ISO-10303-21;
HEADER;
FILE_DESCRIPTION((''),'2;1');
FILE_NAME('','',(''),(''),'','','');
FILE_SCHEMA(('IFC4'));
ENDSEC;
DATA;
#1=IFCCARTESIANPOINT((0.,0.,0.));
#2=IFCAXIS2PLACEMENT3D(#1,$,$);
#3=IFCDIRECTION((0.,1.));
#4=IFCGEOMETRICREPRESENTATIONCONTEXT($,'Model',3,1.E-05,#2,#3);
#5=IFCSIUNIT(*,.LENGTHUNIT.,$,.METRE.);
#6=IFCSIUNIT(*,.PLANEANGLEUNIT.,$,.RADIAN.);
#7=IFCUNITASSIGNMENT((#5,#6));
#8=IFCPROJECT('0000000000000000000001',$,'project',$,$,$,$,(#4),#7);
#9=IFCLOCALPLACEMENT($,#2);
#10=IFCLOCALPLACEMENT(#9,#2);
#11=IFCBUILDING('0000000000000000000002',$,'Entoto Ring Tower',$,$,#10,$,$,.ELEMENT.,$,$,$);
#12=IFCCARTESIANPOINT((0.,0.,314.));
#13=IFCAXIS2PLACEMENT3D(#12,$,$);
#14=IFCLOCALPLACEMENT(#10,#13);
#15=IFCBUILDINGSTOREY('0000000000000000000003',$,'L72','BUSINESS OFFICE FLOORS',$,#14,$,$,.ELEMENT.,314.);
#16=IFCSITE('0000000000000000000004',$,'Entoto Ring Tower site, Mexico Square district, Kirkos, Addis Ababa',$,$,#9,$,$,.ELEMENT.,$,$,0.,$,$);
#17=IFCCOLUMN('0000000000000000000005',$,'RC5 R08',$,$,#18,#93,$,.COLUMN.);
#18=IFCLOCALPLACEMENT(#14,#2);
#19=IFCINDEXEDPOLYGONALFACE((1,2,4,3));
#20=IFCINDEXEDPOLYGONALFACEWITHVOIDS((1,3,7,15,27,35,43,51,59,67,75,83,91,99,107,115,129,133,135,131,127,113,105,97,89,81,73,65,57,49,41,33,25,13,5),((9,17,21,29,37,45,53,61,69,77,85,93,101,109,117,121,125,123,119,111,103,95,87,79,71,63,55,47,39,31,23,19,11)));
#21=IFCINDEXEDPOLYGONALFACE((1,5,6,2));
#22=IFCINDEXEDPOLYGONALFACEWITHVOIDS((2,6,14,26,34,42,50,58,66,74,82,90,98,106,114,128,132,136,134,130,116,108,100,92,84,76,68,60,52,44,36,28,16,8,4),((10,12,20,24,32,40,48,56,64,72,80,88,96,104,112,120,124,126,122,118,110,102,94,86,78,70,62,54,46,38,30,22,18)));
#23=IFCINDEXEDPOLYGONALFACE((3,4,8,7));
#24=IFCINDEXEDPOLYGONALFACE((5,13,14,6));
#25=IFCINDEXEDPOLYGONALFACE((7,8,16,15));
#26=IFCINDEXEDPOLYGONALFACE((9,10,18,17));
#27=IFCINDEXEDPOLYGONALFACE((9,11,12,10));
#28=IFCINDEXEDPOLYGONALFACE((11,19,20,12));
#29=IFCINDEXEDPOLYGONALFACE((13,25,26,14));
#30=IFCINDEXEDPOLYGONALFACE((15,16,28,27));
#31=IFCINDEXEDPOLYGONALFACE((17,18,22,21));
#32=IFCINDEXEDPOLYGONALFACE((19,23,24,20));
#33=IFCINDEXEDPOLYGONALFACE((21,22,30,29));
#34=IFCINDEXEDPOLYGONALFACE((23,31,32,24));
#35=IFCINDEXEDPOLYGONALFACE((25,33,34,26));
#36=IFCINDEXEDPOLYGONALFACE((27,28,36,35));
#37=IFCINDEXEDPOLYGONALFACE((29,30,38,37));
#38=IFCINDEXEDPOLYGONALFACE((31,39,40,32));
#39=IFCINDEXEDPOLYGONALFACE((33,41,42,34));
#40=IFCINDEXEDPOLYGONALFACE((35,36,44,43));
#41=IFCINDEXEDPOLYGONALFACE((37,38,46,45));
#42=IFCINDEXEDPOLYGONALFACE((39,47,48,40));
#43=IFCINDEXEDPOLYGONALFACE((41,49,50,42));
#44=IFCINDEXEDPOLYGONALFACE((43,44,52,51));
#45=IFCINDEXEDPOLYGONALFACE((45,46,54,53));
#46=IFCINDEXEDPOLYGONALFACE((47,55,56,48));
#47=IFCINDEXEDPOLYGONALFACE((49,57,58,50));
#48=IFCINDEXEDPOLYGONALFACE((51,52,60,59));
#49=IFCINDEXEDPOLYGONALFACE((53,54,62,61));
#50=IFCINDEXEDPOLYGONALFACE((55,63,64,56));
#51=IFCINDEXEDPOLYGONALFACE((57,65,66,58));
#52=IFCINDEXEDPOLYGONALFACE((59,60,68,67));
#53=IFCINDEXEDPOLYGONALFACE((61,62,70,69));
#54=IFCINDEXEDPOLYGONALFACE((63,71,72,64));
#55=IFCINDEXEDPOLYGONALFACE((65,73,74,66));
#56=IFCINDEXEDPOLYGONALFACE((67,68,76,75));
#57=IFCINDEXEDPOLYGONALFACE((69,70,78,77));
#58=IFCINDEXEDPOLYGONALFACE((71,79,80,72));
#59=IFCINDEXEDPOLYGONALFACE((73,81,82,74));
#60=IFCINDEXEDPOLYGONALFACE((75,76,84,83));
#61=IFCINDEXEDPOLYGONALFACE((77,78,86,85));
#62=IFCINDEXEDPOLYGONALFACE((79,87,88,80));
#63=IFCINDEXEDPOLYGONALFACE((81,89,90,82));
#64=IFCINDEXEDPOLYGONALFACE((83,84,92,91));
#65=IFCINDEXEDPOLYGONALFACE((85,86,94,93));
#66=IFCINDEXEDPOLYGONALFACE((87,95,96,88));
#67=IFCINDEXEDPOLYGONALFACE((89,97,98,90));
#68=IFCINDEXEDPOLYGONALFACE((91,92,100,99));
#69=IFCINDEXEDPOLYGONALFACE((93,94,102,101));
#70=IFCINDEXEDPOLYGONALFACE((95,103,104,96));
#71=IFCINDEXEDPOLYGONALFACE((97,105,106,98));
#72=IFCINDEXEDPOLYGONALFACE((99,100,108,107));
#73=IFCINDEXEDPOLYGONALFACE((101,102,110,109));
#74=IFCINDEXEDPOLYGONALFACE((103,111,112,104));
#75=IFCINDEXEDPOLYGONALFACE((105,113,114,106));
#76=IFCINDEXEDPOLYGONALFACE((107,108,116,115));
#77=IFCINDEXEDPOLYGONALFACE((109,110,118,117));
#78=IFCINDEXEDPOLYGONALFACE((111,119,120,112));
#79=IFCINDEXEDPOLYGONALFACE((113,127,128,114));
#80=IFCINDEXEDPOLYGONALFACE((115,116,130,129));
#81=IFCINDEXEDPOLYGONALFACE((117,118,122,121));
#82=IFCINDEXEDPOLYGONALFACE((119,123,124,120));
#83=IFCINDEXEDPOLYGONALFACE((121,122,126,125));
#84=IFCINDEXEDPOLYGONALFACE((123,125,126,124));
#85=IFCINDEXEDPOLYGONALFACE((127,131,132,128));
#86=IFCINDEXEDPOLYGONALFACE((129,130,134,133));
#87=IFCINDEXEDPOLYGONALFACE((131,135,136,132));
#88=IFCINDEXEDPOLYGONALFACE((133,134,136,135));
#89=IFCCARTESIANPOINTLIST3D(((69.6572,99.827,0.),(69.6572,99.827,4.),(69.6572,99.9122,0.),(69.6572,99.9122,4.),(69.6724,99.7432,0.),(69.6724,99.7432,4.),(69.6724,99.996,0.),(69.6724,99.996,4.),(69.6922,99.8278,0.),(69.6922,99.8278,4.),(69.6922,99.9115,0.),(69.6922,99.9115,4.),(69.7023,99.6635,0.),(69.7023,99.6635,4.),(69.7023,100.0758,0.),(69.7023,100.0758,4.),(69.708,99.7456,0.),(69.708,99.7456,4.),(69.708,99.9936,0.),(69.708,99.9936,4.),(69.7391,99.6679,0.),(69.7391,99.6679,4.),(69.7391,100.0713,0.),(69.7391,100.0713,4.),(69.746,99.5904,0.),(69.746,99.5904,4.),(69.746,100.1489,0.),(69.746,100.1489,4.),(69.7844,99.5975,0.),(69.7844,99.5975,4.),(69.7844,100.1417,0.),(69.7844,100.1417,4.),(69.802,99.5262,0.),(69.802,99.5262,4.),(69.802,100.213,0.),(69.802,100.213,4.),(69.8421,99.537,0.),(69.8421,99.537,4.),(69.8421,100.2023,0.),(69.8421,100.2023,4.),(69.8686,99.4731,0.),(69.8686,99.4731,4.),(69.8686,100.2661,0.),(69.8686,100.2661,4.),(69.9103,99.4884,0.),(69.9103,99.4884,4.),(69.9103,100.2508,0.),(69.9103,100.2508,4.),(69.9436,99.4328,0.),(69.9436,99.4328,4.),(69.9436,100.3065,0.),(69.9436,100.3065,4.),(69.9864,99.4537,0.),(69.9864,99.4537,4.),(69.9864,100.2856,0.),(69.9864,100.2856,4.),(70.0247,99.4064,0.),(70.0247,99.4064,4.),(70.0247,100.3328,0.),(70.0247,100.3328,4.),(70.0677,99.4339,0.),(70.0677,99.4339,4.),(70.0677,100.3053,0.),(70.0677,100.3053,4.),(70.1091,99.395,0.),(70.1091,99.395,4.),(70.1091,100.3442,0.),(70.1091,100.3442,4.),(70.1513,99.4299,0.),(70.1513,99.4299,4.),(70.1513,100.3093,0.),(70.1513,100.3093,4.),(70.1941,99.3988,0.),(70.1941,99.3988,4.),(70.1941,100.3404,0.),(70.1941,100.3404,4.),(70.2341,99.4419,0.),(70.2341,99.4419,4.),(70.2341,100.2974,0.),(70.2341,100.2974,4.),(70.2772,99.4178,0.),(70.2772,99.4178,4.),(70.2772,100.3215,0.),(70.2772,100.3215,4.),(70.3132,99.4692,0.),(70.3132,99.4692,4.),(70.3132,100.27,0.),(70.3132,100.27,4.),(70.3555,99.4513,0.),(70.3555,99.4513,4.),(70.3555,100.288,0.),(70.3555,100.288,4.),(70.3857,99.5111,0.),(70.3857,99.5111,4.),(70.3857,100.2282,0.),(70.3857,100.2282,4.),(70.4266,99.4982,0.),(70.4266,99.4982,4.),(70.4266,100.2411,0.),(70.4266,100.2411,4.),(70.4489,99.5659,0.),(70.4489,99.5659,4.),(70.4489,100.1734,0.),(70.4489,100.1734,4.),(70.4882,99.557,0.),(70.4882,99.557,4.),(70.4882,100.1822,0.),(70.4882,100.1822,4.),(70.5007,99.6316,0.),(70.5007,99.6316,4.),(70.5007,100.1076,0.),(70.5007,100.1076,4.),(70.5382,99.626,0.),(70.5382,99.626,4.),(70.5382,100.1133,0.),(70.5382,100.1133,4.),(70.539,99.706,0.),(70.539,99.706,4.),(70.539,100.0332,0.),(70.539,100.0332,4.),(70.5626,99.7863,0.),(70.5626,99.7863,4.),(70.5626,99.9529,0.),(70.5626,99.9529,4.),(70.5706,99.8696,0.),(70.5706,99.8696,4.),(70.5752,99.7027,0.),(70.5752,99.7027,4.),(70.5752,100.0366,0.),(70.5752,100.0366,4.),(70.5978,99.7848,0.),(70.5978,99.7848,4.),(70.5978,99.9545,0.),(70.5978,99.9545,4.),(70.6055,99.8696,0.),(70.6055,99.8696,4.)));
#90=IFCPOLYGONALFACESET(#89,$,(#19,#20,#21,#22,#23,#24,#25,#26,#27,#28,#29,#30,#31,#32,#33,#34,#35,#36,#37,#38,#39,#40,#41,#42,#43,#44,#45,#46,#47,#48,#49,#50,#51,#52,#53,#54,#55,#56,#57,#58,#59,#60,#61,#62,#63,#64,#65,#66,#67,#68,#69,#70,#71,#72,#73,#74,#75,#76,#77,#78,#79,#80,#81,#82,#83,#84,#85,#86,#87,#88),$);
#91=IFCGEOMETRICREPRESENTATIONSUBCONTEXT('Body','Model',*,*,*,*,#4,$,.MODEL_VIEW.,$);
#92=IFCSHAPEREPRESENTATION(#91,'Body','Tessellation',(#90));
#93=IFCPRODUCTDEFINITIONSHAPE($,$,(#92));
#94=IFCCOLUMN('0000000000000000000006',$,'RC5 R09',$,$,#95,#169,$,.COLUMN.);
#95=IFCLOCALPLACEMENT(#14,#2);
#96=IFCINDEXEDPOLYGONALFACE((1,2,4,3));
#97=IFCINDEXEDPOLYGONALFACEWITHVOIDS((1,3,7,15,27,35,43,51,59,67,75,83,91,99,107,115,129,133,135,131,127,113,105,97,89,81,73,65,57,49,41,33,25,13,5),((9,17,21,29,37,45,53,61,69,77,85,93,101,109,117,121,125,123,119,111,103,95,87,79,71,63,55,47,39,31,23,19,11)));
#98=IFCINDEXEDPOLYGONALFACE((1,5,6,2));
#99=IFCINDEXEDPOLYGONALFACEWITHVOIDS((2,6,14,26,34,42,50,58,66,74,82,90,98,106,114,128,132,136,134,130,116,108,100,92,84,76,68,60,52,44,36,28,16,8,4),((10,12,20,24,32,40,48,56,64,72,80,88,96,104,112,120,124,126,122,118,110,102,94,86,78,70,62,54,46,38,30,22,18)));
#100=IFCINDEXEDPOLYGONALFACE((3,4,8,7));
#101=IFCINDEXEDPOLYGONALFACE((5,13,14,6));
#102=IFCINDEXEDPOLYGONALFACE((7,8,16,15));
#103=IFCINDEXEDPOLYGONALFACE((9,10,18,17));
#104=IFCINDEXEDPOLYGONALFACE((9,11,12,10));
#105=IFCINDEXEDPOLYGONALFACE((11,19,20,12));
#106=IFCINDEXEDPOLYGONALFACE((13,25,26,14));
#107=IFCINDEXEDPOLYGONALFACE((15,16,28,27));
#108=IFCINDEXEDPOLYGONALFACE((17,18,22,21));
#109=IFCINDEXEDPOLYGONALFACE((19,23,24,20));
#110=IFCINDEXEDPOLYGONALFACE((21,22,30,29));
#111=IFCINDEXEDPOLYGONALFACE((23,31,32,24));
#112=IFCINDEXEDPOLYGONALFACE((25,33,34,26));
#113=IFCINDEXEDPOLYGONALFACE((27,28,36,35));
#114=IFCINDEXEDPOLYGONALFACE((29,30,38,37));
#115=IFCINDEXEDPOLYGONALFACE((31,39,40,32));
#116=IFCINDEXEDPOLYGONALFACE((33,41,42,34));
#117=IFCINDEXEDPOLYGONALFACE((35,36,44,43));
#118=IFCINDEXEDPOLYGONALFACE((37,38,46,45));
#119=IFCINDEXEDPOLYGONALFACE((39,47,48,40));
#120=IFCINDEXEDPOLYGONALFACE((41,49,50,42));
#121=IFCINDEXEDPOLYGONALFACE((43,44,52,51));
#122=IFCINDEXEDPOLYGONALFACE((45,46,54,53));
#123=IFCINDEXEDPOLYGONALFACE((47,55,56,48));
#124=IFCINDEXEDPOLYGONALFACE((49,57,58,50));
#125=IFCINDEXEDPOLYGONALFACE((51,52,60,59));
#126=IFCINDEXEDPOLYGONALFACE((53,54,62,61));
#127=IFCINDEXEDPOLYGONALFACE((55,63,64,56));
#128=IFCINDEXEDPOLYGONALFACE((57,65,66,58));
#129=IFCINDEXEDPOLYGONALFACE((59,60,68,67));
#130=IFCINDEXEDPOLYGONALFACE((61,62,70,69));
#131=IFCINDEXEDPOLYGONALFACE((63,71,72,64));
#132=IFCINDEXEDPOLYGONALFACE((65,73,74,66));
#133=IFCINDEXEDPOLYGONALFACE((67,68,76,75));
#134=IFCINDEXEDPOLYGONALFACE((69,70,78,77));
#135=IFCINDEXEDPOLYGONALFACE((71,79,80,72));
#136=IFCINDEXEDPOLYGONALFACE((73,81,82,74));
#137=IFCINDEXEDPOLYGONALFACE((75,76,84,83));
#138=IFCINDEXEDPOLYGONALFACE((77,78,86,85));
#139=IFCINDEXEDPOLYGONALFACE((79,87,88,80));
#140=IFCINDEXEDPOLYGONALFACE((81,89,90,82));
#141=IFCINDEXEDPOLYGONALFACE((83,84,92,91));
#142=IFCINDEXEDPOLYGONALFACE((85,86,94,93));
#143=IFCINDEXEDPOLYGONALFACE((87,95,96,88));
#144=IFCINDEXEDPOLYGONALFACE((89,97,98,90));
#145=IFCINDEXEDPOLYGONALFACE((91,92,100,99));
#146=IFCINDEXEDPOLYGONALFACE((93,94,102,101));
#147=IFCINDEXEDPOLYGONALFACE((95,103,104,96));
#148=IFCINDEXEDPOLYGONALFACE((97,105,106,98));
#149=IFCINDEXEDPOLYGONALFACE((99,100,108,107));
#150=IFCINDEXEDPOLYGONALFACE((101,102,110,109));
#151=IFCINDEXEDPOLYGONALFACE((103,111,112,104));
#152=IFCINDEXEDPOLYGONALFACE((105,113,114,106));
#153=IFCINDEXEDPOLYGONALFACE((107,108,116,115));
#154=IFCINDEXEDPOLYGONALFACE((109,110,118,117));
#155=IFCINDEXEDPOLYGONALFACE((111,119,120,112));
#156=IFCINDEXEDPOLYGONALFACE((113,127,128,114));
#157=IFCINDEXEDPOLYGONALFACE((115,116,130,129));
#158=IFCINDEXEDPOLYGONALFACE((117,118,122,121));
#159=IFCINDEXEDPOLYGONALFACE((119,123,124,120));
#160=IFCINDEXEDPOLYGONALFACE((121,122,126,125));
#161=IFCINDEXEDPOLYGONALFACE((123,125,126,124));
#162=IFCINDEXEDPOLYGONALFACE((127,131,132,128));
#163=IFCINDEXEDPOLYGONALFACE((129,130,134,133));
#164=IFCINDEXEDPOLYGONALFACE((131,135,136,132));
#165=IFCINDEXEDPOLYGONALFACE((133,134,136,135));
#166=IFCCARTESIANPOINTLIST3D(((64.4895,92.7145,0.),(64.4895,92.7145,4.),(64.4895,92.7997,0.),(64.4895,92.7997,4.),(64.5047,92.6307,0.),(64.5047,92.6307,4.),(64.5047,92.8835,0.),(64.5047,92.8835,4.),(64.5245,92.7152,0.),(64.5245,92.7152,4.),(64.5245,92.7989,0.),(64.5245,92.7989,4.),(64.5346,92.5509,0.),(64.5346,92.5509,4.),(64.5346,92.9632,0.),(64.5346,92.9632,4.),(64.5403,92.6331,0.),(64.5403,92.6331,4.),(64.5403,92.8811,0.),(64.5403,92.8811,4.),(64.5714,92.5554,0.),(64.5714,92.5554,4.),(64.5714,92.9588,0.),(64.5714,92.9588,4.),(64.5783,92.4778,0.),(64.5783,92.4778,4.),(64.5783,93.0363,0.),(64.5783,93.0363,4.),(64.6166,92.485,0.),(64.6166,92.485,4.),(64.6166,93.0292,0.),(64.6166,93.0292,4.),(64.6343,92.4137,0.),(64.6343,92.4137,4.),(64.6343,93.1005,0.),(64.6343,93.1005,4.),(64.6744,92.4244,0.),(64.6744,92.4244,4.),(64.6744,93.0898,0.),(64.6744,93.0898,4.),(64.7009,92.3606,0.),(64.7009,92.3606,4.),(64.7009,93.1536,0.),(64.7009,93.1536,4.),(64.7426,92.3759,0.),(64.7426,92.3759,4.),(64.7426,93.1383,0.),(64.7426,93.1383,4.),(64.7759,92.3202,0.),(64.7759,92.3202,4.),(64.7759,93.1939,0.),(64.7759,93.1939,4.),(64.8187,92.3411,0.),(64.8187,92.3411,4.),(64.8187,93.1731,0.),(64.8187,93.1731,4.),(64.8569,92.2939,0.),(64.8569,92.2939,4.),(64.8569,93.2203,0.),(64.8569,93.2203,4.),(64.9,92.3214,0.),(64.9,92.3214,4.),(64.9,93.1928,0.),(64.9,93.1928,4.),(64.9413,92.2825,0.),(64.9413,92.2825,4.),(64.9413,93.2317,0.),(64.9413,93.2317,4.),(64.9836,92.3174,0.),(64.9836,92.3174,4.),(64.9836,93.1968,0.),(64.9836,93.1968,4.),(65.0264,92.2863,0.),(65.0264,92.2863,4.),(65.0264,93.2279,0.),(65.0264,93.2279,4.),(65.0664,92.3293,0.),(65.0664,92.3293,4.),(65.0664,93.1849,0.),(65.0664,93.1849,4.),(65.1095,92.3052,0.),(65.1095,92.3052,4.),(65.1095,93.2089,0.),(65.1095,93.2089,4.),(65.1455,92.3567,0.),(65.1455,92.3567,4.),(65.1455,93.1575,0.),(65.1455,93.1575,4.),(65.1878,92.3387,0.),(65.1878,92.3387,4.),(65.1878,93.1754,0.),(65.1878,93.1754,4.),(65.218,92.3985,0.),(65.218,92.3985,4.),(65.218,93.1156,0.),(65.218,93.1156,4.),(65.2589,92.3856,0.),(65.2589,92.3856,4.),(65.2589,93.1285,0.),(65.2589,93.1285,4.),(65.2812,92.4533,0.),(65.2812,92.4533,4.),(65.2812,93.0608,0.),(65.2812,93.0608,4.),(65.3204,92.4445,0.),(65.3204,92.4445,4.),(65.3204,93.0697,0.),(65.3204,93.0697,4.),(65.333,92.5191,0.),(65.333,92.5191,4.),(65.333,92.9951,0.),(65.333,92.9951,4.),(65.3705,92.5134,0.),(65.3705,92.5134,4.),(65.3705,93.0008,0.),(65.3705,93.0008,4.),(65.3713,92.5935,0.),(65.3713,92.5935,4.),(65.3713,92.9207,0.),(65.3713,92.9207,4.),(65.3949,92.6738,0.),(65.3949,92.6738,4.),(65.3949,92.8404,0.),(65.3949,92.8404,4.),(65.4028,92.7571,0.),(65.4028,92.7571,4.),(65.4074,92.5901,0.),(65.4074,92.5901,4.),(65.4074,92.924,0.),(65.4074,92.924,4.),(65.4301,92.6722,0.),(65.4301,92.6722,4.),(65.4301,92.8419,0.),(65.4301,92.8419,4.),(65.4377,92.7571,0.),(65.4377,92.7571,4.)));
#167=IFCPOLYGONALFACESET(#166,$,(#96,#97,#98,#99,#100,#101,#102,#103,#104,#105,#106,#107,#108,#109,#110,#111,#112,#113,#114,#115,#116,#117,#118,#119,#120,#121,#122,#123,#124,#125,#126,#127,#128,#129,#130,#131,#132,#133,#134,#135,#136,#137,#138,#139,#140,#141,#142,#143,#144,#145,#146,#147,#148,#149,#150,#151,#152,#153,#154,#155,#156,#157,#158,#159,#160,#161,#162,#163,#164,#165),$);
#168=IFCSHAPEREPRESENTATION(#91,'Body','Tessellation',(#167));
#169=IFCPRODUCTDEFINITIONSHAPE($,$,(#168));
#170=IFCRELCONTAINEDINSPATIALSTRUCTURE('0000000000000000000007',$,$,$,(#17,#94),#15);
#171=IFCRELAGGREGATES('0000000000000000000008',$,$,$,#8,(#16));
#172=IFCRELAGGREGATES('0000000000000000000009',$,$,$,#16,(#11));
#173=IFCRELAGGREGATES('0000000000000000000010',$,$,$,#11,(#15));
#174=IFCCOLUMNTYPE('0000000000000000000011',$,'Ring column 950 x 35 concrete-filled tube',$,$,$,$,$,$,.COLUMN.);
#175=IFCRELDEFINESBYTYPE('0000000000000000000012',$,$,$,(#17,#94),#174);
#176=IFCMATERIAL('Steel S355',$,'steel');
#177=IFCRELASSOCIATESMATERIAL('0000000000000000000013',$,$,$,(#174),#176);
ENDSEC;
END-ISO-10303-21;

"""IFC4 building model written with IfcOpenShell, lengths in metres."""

from ifc_helpers import new_model, si_unit, direction, frame, origin, origin_2d, place, context, subcontext, project, spatial, circle, hollow_circle, extrude, material, material_profile, profile_set, type_object, element, save


model = new_model("IFC4")

# Units and contexts
model_context = context("Model", 3, precision=1e-05, world=origin(), true_north=direction((0.0, 1.0)))
body_context = subcontext(model_context, "Body", "Model", "MODEL_VIEW")
ifc_project = project(units=[si_unit("LENGTHUNIT", "METRE"), si_unit("PLANEANGLEUNIT", "RADIAN")], contexts=[model_context])

# Site, building, storey
site_placement = place(None, origin())
site = spatial("IfcSite", under=ifc_project, at=site_placement, Name="Entoto Ring Tower site, Mexico Square district, Kirkos, Addis Ababa", CompositionType="ELEMENT", RefElevation=0.0)
building_placement = place(site_placement, origin())
building = spatial("IfcBuilding", under=site, at=building_placement, Name="Entoto Ring Tower", CompositionType="ELEMENT")
storey_placement = place(building_placement, frame((0.0, 0.0, 314.0)))
storey = spatial("IfcBuildingStorey", under=building, at=storey_placement, Name="L72", Description="BUSINESS OFFICE FLOORS", CompositionType="ELEMENT", Elevation=314.0)

# Columns
ifc_material_1 = material(Name="Steel S355", Category="steel")
ifc_material_profile_1 = material_profile(ifc_material_1, hollow_circle(Radius=0.4751, WallThickness=0.0349, at=origin_2d()), Name="CHS 950 x 35")
ifc_material_2 = material(Name="Concrete C60/75", Category="concrete")
ifc_material_profile_2 = material_profile(ifc_material_2, circle(Radius=0.4399, at=origin_2d()), Name="Concrete C60/75 infill")
ifc_profile_set_1 = profile_set([ifc_material_profile_1, ifc_material_profile_2], Name="Steel S355")
column_type = type_object("IfcColumnType", Name="Ring column 950 x 35 concrete-filled tube", PredefinedType="COLUMN", material=ifc_profile_set_1)
for number, where, z_axis, x_axis, name in (
    (1, (70.1304, 99.8696, 0.0), (0.0, 0.0, 1.0), (1.0, 0.0, 0.0), "RC5 R08"),
    (2, (64.9626, 92.7571, 0.0), (0.0, 0.0, 1.0), (1.0, 0.0, 0.0), "RC5 R09"),
):
    element("IfcColumn", number, at=place(storey_placement, frame(where, z_axis=z_axis, x_axis=x_axis)), inside=storey, type_object=column_type, Name=name, PredefinedType="COLUMN", context=body_context, shape_type="SweptSolid", body=[
        extrude(hollow_circle(Radius=0.4751, WallThickness=0.0349, at=origin_2d()), origin(), (0.0, 0.0, 1.0), 4.0),
    ])

save(model, "model.ifc")
